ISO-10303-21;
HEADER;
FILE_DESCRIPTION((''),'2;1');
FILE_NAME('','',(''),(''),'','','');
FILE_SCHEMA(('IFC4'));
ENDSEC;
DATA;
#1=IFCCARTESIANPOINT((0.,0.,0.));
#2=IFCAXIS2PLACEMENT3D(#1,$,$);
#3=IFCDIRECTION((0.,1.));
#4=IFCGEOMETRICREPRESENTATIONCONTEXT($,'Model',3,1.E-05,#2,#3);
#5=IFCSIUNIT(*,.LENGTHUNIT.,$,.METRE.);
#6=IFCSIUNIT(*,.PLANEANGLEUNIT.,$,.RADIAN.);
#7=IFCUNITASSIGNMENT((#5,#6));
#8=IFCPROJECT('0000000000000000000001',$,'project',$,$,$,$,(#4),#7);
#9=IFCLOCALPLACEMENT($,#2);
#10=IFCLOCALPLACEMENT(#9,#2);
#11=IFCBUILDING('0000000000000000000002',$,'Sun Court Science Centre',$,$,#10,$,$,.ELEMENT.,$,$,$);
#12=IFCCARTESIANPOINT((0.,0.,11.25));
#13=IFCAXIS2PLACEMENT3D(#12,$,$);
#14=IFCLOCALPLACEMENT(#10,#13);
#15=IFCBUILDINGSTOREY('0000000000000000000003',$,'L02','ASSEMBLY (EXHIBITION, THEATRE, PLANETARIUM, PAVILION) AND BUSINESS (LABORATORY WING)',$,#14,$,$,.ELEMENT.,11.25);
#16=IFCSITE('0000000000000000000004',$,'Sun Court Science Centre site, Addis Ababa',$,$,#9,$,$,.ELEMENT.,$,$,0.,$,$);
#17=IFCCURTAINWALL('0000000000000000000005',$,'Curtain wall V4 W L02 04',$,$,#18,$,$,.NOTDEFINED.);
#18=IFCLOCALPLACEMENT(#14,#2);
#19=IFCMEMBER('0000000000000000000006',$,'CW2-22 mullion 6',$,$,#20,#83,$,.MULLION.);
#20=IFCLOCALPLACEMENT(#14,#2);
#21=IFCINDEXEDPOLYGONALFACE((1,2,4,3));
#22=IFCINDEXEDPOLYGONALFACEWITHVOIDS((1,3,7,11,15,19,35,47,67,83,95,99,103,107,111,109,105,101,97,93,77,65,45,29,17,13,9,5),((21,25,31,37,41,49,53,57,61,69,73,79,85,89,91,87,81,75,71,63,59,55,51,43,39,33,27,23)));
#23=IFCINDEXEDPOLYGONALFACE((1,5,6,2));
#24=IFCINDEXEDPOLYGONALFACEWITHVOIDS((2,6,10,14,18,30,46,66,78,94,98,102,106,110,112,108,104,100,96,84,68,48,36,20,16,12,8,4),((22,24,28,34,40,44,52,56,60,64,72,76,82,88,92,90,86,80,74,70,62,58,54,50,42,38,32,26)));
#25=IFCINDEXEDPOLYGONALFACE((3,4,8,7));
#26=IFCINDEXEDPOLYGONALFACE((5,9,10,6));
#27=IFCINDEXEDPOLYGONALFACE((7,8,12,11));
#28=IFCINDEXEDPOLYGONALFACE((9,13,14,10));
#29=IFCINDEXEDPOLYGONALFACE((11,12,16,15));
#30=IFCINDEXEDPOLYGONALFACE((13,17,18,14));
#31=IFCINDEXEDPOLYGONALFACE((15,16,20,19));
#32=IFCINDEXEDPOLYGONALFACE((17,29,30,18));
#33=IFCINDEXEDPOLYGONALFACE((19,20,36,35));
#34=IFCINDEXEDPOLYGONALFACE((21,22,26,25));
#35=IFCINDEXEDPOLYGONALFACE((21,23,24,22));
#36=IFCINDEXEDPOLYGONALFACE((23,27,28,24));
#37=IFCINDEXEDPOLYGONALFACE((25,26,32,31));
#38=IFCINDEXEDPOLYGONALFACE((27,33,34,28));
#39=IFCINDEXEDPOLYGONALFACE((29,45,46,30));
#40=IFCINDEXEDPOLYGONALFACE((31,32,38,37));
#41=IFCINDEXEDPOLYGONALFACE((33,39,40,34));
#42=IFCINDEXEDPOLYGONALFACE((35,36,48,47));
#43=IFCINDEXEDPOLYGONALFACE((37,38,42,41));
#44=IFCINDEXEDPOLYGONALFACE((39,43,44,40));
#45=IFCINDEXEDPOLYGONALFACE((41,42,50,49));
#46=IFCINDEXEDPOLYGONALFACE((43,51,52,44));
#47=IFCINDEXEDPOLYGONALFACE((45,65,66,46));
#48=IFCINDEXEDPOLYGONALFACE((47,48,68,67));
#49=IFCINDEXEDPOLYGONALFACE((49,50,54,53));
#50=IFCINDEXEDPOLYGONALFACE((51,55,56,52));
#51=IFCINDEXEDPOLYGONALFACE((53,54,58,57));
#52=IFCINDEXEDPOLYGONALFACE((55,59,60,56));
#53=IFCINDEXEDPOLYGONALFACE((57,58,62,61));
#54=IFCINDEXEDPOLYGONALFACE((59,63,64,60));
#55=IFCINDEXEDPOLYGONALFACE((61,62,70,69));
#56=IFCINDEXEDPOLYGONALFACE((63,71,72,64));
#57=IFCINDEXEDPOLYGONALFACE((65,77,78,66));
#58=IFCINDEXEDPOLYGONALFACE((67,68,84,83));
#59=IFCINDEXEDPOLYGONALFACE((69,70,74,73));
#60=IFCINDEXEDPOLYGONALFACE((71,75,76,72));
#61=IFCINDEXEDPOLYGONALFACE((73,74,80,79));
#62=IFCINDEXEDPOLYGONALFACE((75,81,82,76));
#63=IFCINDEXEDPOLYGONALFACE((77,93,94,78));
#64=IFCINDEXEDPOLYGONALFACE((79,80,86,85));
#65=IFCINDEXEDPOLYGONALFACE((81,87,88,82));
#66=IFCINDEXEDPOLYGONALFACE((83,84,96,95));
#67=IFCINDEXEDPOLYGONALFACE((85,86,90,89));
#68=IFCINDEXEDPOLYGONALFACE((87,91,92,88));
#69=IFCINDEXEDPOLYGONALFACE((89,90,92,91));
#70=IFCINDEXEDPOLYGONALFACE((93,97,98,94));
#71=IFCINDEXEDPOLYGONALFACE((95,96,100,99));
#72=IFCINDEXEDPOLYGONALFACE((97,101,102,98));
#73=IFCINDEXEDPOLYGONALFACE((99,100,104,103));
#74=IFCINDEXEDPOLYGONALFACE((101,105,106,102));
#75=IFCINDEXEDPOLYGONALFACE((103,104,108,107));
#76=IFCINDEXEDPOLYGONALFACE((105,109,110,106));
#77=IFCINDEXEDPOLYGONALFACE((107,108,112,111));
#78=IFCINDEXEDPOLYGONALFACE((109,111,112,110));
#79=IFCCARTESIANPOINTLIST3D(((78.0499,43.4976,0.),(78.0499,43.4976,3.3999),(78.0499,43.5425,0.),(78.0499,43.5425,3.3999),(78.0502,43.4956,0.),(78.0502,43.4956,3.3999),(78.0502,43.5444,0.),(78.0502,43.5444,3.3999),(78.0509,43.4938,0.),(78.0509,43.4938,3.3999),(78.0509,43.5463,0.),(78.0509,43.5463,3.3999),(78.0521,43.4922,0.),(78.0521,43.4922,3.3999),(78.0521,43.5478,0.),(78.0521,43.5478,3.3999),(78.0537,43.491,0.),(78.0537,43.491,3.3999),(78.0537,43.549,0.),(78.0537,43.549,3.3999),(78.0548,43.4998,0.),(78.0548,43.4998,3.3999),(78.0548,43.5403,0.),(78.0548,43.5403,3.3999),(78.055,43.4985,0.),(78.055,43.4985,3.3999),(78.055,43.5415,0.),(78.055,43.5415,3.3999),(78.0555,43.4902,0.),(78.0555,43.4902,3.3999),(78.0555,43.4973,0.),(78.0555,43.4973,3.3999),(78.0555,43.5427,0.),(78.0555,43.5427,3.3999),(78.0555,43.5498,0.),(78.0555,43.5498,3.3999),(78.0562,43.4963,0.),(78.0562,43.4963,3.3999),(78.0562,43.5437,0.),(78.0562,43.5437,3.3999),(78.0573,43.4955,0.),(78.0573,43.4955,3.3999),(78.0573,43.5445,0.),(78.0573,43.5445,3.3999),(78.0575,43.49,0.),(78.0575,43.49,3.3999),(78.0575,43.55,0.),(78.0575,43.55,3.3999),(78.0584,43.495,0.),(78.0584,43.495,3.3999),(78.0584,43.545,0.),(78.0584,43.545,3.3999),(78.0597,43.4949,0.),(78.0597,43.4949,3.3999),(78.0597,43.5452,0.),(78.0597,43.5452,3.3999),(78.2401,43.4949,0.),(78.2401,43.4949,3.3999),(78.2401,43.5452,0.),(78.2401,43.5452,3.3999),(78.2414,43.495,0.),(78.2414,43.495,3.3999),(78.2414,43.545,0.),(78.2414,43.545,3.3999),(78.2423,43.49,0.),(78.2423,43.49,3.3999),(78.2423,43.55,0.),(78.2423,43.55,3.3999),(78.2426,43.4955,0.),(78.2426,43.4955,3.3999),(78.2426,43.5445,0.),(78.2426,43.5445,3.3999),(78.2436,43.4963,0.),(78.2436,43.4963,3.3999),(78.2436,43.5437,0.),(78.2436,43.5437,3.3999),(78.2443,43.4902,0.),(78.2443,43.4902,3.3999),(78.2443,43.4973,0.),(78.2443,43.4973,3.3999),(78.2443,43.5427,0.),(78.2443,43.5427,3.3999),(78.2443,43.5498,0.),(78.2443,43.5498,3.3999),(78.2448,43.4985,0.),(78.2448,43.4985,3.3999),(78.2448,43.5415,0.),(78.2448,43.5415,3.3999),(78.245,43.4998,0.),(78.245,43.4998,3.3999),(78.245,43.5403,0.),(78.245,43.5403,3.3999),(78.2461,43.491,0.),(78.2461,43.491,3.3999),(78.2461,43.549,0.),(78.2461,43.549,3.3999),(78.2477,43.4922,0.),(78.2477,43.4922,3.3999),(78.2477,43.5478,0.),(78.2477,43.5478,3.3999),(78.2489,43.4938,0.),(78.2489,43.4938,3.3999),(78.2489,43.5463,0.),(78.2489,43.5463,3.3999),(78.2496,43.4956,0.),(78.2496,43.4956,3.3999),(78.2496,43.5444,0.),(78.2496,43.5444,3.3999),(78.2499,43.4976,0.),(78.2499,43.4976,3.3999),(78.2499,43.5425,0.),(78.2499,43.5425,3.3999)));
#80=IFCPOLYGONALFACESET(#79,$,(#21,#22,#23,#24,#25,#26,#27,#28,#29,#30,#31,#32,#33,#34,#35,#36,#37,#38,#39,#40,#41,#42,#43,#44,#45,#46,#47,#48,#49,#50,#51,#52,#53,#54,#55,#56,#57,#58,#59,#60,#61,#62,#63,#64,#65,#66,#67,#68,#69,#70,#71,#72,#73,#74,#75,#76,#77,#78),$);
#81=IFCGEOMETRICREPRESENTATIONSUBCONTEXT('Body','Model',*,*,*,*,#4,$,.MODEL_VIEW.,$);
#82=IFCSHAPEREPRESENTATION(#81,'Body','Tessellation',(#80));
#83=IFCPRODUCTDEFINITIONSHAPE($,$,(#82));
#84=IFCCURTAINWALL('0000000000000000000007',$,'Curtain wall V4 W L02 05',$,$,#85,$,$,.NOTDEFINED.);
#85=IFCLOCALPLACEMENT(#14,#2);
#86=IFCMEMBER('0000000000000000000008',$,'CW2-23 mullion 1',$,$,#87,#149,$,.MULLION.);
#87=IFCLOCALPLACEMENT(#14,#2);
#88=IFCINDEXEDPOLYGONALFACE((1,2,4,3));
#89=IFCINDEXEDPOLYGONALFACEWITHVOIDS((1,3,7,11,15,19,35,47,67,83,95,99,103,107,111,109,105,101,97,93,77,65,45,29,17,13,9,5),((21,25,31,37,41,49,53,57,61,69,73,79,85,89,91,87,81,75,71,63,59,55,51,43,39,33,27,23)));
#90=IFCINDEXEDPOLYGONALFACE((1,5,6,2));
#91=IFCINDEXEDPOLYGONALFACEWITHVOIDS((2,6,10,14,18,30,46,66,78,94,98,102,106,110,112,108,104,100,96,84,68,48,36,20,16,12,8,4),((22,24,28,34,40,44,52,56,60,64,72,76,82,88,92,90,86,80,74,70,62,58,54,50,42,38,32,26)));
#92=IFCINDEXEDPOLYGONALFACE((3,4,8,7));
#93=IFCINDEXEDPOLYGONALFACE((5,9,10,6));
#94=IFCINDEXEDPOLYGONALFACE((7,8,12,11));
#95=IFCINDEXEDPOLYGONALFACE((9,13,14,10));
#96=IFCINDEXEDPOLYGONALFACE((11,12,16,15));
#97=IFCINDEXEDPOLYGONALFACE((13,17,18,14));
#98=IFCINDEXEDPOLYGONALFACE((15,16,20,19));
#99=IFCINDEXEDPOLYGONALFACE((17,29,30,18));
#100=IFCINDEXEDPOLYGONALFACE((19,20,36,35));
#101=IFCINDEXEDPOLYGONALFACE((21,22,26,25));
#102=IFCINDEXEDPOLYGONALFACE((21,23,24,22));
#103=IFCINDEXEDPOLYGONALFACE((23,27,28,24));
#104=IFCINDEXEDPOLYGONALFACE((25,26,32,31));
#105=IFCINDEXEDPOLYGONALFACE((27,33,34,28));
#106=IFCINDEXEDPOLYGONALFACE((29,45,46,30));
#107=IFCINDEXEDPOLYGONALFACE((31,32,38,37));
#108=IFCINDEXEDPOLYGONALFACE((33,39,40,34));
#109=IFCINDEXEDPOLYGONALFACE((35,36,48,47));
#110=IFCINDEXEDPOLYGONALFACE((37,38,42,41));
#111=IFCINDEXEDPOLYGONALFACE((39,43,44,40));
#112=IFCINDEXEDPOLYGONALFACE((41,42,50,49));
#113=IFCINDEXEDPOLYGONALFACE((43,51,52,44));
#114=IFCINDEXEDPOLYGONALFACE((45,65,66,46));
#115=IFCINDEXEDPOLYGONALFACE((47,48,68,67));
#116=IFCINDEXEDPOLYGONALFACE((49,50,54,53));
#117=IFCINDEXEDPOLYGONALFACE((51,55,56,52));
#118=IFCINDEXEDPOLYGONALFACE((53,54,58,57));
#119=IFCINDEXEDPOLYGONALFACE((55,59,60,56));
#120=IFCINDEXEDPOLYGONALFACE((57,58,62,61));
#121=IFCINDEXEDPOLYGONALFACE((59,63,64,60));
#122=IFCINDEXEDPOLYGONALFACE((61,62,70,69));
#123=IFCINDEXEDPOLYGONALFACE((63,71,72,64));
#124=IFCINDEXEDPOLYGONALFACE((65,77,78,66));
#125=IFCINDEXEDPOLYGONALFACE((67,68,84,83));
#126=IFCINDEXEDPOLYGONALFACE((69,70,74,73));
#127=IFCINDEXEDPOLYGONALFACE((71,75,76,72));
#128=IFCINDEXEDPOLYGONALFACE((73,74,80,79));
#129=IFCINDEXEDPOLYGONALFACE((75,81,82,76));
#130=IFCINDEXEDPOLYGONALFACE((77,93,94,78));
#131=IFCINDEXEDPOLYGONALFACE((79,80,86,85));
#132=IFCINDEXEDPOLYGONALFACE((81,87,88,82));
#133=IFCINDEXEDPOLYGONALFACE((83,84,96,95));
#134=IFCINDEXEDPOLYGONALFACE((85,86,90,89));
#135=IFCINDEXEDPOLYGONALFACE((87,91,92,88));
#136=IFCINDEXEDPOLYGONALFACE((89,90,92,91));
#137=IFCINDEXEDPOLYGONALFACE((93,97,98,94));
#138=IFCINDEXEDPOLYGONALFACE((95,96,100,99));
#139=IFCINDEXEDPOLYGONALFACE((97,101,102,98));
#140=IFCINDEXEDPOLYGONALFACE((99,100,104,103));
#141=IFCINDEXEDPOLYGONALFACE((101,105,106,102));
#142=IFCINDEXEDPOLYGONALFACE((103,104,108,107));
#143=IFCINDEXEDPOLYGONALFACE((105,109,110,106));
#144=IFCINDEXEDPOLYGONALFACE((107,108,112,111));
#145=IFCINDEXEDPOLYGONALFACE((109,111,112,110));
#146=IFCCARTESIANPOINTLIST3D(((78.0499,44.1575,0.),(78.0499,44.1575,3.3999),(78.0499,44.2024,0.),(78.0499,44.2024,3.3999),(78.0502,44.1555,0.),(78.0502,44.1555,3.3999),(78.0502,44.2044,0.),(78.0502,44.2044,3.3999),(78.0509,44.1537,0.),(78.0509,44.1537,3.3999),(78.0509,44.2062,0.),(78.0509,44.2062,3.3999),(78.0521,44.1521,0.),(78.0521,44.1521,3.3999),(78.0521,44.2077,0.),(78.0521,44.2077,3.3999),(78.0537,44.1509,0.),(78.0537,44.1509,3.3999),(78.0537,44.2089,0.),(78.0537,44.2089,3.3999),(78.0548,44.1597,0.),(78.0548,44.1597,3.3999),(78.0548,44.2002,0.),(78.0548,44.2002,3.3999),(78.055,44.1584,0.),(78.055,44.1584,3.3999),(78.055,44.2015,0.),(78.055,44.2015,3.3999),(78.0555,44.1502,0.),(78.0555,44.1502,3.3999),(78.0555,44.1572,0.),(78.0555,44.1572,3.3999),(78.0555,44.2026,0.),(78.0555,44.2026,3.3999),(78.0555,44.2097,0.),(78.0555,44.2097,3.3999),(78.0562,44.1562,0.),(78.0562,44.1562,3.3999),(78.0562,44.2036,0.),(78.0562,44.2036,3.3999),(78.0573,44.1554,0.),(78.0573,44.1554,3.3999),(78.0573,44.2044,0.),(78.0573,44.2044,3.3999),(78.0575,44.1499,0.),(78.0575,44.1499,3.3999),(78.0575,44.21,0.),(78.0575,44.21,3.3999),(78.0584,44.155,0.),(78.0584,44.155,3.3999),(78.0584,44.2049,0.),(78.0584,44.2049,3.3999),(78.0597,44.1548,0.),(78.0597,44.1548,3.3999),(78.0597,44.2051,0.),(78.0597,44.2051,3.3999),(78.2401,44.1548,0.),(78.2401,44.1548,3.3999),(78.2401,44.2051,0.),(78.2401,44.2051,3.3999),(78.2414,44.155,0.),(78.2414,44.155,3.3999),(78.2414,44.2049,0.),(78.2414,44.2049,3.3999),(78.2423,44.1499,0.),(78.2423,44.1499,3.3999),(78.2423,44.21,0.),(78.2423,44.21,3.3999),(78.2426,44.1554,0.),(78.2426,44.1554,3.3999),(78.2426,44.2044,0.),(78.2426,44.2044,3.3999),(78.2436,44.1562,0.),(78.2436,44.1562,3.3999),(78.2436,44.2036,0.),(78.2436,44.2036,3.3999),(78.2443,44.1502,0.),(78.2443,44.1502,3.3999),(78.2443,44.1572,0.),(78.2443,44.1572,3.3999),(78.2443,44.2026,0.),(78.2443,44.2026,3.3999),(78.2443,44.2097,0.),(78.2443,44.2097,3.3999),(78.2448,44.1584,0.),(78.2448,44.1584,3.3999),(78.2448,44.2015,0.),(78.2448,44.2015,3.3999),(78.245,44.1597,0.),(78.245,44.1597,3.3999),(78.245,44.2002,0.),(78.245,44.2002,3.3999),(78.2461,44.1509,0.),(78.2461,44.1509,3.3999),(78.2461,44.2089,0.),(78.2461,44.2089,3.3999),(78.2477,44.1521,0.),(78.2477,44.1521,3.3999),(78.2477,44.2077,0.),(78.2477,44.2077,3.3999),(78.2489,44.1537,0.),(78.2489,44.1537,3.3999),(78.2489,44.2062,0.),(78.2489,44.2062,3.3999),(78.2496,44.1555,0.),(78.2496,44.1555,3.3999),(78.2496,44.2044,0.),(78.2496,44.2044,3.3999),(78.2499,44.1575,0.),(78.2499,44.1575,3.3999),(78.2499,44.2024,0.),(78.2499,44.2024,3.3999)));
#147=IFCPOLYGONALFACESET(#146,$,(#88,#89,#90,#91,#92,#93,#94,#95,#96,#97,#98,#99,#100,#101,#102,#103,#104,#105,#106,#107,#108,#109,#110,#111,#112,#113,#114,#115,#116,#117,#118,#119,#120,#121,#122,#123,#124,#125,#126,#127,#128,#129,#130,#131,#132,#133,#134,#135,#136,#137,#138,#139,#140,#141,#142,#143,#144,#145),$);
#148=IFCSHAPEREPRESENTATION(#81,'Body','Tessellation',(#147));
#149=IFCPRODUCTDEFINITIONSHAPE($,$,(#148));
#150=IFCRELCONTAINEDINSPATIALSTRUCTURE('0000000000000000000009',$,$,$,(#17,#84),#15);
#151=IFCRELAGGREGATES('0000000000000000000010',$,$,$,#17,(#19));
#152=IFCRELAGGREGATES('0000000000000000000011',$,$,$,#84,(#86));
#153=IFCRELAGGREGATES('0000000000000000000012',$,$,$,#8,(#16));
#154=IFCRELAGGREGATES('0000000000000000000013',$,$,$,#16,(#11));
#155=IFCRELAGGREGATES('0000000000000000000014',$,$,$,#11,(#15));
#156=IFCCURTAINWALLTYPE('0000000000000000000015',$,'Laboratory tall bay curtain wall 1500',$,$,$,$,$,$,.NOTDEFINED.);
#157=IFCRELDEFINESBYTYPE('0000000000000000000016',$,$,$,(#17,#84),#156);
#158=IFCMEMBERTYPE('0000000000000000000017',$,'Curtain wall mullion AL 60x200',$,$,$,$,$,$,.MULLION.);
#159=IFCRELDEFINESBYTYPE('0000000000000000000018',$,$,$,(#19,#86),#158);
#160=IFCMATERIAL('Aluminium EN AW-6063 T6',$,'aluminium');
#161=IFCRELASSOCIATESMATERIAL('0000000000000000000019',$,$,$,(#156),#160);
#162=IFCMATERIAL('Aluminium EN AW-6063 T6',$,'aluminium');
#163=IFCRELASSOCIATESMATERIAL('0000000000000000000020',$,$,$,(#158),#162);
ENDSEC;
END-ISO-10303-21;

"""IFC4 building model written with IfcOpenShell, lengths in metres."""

from ifc_helpers import new_model, si_unit, direction, frame, origin, origin_2d, place, context, subcontext, project, spatial, hollow_rectangle, extrude, material, material_profile, profile_set, type_object, element, aggregate, save


model = new_model("IFC4")

# Units and contexts
model_context = context("Model", 3, precision=1e-05, world=origin(), true_north=direction((0.0, 1.0)))
body_context = subcontext(model_context, "Body", "Model", "MODEL_VIEW")
ifc_project = project(units=[si_unit("LENGTHUNIT", "METRE"), si_unit("PLANEANGLEUNIT", "RADIAN")], contexts=[model_context])

# Site, building, storey
site_placement = place(None, origin())
site = spatial("IfcSite", under=ifc_project, at=site_placement, Name="Sun Court Science Centre site, Addis Ababa", CompositionType="ELEMENT", RefElevation=0.0)
building_placement = place(site_placement, origin())
building = spatial("IfcBuilding", under=site, at=building_placement, Name="Sun Court Science Centre", CompositionType="ELEMENT")
storey_placement = place(building_placement, frame((0.0, 0.0, 11.25)))
storey = spatial("IfcBuildingStorey", under=building, at=storey_placement, Name="L02", Description="ASSEMBLY (EXHIBITION, THEATRE, PLANETARIUM, PAVILION) AND BUSINESS (LABORATORY WING)", CompositionType="ELEMENT", Elevation=11.25)

# Curtain wall, member
ifc_material_1 = material(Name="Aluminium EN AW-6063 T6", Category="aluminium")
curtain_wall_type = type_object("IfcCurtainWallType", Name="Laboratory tall bay curtain wall 1500", PredefinedType="NOTDEFINED", material=ifc_material_1)
curtain_wall_1_placement = place(storey_placement, origin())
curtain_wall_1 = element("IfcCurtainWall", 1, at=curtain_wall_1_placement, inside=storey, type_object=curtain_wall_type, Name="Curtain wall V4 W L02 04", PredefinedType="NOTDEFINED")
ifc_material_2 = material(Name="Aluminium EN AW-6063 T6", Category="aluminium")
ifc_material_profile_1 = material_profile(ifc_material_2, hollow_rectangle(XDim=0.0601, YDim=0.2, WallThickness=0.0049, InnerFilletRadius=0.0049, OuterFilletRadius=0.0076, at=origin_2d()), Name="AL 60x200x5")
ifc_profile_set_1 = profile_set([ifc_material_profile_1], Name="Aluminium EN AW-6063 T6")
member_type_1 = type_object("IfcMemberType", Name="Curtain wall mullion AL 60x200", PredefinedType="MULLION", material=ifc_profile_set_1)
member_1_placement = place(storey_placement, frame((78.1499, 43.52, 0.0), z_axis=(0.0, 0.0, 1.0), x_axis=(0.0, 1.0, 0.0)))
member_1 = element("IfcMember", 2, at=member_1_placement, type_object=member_type_1, Name="CW2-22 mullion 6", PredefinedType="MULLION", context=body_context, shape_type="SweptSolid", body=[
    extrude(hollow_rectangle(XDim=0.0601, YDim=0.2, WallThickness=0.0049, InnerFilletRadius=0.0049, OuterFilletRadius=0.0076, at=origin_2d()), origin(), (0.0, 0.0, 1.0), 3.3999),
])

# Curtain wall, member
curtain_wall_2_placement = place(storey_placement, origin())
curtain_wall_2 = element("IfcCurtainWall", 3, at=curtain_wall_2_placement, inside=storey, type_object=curtain_wall_type, Name="Curtain wall V4 W L02 05", PredefinedType="NOTDEFINED")
member_2_placement = place(storey_placement, frame((78.1499, 44.1799, 0.0), z_axis=(0.0, 0.0, 1.0), x_axis=(0.0, 1.0, 0.0)))
member_2 = element("IfcMember", 4, at=member_2_placement, type_object=member_type_1, Name="CW2-23 mullion 1", PredefinedType="MULLION", context=body_context, shape_type="SweptSolid", body=[
    extrude(hollow_rectangle(XDim=0.0601, YDim=0.2, WallThickness=0.0049, InnerFilletRadius=0.0049, OuterFilletRadius=0.0076, at=origin_2d()), origin(), (0.0, 0.0, 1.0), 3.3999),
])

aggregate(curtain_wall_1, [member_1])
aggregate(curtain_wall_2, [member_2])

save(model, "model.ifc")
